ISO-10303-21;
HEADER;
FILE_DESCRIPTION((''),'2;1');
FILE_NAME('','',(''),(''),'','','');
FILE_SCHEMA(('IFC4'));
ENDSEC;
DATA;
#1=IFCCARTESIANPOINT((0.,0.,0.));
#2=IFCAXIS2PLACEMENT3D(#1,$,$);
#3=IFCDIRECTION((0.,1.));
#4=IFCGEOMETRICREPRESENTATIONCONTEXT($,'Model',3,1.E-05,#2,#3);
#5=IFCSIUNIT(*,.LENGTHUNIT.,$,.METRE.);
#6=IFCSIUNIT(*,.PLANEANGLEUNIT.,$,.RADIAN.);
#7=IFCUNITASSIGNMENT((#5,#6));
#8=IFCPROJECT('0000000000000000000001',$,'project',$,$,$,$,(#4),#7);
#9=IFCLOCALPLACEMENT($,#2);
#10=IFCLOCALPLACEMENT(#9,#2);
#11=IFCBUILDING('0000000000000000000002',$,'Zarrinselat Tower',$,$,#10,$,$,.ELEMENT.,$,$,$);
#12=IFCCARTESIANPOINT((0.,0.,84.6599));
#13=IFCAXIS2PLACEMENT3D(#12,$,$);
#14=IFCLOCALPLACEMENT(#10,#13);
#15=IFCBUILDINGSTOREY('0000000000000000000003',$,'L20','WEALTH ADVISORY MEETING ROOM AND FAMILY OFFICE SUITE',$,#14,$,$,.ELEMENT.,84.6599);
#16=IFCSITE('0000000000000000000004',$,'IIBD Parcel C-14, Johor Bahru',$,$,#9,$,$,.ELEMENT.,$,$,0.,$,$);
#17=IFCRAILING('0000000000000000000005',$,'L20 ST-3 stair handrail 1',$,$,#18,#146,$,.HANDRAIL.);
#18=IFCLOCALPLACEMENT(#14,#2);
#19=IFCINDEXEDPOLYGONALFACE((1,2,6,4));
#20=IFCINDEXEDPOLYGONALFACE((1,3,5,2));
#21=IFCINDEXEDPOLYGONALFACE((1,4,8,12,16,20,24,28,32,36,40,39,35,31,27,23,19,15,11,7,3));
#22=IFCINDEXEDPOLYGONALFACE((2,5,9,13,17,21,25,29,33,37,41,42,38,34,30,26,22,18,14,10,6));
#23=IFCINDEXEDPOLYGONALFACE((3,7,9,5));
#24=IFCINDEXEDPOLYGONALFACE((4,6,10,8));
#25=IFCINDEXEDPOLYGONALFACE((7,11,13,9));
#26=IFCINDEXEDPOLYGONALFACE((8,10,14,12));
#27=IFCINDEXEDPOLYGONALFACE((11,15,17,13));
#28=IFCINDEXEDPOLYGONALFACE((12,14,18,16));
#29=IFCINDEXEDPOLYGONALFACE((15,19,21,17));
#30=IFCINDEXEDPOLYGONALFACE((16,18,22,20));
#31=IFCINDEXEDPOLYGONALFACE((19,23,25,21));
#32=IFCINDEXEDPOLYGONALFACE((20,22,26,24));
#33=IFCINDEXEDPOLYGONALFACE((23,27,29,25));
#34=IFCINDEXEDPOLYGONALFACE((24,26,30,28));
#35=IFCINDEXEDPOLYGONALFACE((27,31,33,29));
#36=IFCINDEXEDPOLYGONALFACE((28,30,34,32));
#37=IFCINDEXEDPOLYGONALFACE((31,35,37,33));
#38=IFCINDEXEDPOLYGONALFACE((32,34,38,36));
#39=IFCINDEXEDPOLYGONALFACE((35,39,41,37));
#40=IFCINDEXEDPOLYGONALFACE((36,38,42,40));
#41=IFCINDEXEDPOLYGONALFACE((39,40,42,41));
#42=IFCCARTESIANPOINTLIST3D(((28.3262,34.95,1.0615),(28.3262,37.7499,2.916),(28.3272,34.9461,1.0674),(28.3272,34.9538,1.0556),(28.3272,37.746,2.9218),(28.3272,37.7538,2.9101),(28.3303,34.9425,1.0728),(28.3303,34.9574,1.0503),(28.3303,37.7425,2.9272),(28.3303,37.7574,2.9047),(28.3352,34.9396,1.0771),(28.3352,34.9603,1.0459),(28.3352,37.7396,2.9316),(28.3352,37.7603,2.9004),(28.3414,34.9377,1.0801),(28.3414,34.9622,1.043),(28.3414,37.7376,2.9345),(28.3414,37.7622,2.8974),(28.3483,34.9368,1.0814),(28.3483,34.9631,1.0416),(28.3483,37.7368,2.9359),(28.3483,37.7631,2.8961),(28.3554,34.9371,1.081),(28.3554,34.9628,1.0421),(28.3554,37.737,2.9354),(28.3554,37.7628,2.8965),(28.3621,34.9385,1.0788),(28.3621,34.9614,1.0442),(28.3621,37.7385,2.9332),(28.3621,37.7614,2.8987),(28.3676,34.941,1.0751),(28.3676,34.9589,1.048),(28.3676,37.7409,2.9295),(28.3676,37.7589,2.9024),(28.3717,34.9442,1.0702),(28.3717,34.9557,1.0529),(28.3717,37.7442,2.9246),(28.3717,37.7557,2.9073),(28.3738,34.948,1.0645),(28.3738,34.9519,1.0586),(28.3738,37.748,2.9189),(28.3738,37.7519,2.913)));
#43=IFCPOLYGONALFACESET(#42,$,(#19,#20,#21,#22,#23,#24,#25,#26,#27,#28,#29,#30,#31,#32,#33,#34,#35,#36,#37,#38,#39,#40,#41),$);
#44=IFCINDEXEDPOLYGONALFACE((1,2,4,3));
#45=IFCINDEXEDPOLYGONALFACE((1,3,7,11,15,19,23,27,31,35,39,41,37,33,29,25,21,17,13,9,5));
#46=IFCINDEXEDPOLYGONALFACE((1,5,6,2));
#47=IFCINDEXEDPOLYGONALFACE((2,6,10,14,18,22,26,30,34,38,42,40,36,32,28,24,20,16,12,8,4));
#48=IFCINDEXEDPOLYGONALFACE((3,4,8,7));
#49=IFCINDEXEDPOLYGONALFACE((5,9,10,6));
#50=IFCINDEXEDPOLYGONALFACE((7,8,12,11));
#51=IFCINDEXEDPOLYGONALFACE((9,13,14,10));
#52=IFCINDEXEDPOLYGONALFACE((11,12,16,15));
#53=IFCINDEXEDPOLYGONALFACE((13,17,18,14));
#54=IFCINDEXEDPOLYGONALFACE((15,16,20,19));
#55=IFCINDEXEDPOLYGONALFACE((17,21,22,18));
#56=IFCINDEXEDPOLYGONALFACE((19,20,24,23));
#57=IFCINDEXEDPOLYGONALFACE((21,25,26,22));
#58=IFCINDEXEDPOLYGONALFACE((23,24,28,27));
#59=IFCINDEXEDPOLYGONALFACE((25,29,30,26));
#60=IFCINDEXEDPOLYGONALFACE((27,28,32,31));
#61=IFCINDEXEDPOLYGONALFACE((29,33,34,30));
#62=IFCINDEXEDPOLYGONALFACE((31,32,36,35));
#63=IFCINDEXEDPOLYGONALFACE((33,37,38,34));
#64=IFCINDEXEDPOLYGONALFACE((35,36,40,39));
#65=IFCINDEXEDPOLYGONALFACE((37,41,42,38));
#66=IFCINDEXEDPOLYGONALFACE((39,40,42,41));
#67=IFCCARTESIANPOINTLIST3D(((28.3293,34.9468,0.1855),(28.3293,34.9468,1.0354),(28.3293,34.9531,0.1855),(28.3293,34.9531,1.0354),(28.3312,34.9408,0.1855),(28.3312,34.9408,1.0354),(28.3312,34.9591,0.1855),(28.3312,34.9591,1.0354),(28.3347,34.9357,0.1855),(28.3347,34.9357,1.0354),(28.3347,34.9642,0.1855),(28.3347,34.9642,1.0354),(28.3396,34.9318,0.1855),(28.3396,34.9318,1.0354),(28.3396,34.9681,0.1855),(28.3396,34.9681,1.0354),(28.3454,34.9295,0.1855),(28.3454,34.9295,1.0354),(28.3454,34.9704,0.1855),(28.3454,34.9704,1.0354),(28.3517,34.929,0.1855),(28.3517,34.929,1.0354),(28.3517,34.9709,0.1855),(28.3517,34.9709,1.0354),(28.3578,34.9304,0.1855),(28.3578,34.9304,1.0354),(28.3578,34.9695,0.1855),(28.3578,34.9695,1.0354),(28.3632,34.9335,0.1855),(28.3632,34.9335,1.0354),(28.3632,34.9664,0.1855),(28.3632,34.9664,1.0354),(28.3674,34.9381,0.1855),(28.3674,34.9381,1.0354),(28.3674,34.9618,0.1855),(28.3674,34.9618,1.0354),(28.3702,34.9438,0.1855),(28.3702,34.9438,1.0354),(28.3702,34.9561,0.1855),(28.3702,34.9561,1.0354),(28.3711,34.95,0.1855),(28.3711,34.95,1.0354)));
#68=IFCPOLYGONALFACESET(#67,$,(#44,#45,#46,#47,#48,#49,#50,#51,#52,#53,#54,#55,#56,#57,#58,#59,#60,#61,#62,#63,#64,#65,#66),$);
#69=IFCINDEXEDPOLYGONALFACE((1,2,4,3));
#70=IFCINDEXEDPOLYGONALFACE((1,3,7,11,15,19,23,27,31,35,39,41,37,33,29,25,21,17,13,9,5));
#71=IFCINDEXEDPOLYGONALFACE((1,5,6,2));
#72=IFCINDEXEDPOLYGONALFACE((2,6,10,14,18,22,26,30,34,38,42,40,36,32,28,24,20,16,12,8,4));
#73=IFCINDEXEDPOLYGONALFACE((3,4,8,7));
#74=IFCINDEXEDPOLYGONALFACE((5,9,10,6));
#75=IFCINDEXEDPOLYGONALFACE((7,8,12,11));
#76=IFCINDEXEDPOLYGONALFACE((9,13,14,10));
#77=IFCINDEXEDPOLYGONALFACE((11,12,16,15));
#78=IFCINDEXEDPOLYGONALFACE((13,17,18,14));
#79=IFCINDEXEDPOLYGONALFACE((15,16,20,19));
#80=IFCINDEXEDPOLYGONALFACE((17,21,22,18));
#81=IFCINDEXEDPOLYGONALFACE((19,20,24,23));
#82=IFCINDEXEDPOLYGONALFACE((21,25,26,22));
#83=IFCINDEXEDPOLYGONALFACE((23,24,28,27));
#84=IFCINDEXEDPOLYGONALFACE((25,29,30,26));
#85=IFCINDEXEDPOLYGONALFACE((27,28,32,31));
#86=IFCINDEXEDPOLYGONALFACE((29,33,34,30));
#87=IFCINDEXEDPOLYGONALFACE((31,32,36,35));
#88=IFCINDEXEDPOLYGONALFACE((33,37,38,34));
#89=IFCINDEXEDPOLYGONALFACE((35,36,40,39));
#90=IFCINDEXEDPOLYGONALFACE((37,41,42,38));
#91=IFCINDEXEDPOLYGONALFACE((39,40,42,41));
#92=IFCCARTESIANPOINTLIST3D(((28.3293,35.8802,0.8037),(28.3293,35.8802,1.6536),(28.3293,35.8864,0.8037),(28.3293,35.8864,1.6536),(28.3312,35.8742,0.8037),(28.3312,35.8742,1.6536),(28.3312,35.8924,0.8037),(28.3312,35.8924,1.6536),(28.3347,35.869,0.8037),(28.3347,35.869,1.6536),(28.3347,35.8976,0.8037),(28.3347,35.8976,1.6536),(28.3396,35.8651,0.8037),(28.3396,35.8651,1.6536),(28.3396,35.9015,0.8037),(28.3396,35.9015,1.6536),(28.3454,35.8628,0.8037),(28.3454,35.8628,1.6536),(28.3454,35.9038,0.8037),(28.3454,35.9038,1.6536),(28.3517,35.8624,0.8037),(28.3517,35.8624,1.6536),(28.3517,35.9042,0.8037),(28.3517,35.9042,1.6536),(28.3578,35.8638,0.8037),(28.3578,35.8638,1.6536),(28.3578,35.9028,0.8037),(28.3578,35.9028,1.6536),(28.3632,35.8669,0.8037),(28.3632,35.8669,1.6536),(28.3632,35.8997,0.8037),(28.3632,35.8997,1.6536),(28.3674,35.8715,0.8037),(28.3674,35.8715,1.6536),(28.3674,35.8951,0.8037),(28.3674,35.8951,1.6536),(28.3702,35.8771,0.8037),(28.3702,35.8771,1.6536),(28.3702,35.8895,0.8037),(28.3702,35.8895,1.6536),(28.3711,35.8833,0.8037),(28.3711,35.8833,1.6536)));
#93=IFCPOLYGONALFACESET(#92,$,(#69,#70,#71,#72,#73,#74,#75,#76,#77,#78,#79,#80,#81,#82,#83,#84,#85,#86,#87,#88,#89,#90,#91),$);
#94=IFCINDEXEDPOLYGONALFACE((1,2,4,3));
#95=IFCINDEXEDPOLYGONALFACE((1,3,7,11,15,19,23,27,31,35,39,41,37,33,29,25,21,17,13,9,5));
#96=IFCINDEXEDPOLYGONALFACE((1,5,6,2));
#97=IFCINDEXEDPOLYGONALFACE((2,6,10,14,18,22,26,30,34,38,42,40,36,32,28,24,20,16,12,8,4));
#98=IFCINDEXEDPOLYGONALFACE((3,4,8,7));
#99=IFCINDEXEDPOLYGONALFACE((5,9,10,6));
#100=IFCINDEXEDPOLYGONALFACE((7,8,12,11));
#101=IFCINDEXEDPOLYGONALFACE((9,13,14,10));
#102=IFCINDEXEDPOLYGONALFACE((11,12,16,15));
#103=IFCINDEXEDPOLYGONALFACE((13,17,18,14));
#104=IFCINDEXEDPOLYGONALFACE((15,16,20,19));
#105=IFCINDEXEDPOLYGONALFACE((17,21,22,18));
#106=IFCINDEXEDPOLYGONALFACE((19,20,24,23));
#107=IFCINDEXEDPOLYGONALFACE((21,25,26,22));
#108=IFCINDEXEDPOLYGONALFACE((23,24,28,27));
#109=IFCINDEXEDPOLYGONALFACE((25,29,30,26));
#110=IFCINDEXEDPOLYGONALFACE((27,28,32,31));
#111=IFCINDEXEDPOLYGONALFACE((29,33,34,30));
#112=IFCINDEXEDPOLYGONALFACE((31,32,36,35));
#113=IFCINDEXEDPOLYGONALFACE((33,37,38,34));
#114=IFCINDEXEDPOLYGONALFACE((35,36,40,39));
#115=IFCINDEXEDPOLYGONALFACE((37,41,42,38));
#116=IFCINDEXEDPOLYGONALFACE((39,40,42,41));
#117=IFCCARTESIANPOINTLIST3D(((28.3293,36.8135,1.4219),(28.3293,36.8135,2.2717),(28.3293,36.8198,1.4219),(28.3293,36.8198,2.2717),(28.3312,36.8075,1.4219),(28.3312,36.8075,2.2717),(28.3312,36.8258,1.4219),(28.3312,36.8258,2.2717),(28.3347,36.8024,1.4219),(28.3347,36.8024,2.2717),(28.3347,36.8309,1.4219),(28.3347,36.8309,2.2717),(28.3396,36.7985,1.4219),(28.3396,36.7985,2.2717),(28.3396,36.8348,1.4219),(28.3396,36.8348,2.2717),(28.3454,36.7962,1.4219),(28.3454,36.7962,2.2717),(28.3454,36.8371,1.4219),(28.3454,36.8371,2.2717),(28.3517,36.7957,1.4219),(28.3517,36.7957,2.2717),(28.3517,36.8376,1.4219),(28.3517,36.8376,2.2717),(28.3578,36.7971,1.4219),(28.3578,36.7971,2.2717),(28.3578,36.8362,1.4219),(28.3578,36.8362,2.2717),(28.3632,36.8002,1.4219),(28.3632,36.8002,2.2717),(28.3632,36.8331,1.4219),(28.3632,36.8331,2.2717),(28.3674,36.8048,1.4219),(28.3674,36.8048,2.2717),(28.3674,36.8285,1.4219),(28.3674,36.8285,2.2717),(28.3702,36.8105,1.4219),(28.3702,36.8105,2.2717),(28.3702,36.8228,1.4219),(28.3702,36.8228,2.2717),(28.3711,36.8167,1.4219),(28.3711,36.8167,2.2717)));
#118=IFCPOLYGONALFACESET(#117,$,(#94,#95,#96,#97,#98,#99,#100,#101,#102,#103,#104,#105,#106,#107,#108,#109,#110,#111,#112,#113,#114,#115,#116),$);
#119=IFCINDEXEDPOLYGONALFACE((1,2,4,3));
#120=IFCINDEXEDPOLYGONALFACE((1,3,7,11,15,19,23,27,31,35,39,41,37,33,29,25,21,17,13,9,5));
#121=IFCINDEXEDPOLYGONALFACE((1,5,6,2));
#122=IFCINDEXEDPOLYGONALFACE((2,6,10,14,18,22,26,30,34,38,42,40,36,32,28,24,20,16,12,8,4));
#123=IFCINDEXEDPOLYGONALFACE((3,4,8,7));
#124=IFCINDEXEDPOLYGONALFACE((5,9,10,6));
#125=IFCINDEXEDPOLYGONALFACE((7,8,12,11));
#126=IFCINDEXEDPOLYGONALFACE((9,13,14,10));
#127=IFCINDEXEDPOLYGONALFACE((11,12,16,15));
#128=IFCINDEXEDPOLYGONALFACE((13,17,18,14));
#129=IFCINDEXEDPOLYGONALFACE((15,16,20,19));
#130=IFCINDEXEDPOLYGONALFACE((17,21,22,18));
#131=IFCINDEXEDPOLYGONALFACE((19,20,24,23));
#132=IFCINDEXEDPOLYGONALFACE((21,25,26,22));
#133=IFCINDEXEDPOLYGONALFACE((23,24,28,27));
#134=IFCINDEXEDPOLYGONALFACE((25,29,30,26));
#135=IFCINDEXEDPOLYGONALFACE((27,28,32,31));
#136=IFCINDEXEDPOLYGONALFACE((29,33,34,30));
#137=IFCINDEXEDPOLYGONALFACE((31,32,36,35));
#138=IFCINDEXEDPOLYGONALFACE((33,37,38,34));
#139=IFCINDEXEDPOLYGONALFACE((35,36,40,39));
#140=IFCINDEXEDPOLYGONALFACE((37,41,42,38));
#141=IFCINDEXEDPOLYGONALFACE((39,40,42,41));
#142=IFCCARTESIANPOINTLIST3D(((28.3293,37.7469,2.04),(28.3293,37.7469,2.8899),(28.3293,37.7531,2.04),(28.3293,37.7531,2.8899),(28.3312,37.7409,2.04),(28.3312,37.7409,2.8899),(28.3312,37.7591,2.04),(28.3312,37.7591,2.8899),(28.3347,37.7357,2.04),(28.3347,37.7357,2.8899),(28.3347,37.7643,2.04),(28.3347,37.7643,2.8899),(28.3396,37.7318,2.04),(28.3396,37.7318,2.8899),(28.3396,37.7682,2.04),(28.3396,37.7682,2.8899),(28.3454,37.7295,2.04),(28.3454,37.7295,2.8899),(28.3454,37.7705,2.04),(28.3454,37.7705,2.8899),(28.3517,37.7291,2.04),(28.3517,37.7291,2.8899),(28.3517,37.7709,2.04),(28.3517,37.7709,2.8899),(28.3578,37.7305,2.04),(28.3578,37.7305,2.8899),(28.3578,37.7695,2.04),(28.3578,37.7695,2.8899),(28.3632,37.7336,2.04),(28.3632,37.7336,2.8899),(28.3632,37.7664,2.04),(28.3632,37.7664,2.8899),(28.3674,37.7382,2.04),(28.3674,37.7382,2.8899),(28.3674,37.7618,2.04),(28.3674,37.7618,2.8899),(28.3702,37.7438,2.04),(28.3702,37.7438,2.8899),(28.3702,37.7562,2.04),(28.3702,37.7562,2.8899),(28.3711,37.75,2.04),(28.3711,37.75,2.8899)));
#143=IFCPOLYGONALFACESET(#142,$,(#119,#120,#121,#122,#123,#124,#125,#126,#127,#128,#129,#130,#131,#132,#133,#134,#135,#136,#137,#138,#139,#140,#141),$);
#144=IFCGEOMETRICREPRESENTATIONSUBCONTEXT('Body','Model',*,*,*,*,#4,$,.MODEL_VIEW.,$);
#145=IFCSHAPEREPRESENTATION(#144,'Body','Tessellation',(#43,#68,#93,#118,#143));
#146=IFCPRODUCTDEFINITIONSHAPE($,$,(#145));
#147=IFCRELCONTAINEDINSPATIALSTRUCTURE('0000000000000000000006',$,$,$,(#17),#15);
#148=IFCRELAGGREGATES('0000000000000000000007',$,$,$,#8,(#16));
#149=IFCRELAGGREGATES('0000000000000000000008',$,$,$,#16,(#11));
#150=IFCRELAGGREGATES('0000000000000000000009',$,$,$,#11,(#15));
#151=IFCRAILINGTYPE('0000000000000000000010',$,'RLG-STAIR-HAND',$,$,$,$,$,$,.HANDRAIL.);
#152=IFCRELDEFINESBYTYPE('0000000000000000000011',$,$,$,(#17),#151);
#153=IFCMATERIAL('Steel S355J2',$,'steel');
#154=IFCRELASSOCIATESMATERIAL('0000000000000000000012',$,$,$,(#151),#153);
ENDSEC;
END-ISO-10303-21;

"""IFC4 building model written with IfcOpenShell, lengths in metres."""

from ifc_helpers import new_model, si_unit, direction, frame, origin, origin_2d, place, context, subcontext, project, spatial, circle, extrude, material, type_object, element, save


model = new_model("IFC4")

# Units and contexts
model_context = context("Model", 3, precision=1e-05, world=origin(), true_north=direction((0.0, 1.0)))
body_context = subcontext(model_context, "Body", "Model", "MODEL_VIEW")
ifc_project = project(units=[si_unit("LENGTHUNIT", "METRE"), si_unit("PLANEANGLEUNIT", "RADIAN")], contexts=[model_context])

# Site, building, storey
site_placement = place(None, origin())
site = spatial("IfcSite", under=ifc_project, at=site_placement, Name="IIBD Parcel C-14, Johor Bahru", CompositionType="ELEMENT", RefElevation=0.0)
building_placement = place(site_placement, origin())
building = spatial("IfcBuilding", under=site, at=building_placement, Name="Zarrinselat Tower", CompositionType="ELEMENT")
storey_placement = place(building_placement, frame((0.0, 0.0, 84.6599)))
storey = spatial("IfcBuildingStorey", under=building, at=storey_placement, Name="L20", Description="WEALTH ADVISORY MEETING ROOM AND FAMILY OFFICE SUITE", CompositionType="ELEMENT", Elevation=84.6599)

# Railing
ifc_material_1 = material(Name="Steel S355J2", Category="steel")
railing_type_1 = type_object("IfcRailingType", Name="RLG-STAIR-HAND", PredefinedType="HANDRAIL", material=ifc_material_1)
railing_1_placement = place(storey_placement, frame((28.3501, 34.95, 0.1855)))
element("IfcRailing", 1, at=railing_1_placement, inside=storey, type_object=railing_type_1, Name="L20 ST-3 stair handrail 1", PredefinedType="HANDRAIL", context=body_context, shape_type="SweptSolid", body=[
    extrude(circle(Radius=0.0239, at=origin_2d()), frame((0.0, 0.0, 0.876), z_axis=(0.0, 0.833724, 0.552181), x_axis=(-1.0, 0.0, 0.0)), (0.0, 0.0, 1.0), 3.3584),
    extrude(circle(Radius=0.021, at=origin_2d()), origin(), (0.0, 0.0, 1.0), 0.8499),
    extrude(circle(Radius=0.021, at=origin_2d()), frame((0.0, 0.9333, 0.6182)), (0.0, 0.0, 1.0), 0.8499),
    extrude(circle(Radius=0.021, at=origin_2d()), frame((0.0, 1.8667, 1.2363)), (0.0, 0.0, 1.0), 0.8499),
    extrude(circle(Radius=0.021, at=origin_2d()), frame((0.0, 2.8, 1.8545)), (0.0, 0.0, 1.0), 0.8499),
])

save(model, "model.ifc")
